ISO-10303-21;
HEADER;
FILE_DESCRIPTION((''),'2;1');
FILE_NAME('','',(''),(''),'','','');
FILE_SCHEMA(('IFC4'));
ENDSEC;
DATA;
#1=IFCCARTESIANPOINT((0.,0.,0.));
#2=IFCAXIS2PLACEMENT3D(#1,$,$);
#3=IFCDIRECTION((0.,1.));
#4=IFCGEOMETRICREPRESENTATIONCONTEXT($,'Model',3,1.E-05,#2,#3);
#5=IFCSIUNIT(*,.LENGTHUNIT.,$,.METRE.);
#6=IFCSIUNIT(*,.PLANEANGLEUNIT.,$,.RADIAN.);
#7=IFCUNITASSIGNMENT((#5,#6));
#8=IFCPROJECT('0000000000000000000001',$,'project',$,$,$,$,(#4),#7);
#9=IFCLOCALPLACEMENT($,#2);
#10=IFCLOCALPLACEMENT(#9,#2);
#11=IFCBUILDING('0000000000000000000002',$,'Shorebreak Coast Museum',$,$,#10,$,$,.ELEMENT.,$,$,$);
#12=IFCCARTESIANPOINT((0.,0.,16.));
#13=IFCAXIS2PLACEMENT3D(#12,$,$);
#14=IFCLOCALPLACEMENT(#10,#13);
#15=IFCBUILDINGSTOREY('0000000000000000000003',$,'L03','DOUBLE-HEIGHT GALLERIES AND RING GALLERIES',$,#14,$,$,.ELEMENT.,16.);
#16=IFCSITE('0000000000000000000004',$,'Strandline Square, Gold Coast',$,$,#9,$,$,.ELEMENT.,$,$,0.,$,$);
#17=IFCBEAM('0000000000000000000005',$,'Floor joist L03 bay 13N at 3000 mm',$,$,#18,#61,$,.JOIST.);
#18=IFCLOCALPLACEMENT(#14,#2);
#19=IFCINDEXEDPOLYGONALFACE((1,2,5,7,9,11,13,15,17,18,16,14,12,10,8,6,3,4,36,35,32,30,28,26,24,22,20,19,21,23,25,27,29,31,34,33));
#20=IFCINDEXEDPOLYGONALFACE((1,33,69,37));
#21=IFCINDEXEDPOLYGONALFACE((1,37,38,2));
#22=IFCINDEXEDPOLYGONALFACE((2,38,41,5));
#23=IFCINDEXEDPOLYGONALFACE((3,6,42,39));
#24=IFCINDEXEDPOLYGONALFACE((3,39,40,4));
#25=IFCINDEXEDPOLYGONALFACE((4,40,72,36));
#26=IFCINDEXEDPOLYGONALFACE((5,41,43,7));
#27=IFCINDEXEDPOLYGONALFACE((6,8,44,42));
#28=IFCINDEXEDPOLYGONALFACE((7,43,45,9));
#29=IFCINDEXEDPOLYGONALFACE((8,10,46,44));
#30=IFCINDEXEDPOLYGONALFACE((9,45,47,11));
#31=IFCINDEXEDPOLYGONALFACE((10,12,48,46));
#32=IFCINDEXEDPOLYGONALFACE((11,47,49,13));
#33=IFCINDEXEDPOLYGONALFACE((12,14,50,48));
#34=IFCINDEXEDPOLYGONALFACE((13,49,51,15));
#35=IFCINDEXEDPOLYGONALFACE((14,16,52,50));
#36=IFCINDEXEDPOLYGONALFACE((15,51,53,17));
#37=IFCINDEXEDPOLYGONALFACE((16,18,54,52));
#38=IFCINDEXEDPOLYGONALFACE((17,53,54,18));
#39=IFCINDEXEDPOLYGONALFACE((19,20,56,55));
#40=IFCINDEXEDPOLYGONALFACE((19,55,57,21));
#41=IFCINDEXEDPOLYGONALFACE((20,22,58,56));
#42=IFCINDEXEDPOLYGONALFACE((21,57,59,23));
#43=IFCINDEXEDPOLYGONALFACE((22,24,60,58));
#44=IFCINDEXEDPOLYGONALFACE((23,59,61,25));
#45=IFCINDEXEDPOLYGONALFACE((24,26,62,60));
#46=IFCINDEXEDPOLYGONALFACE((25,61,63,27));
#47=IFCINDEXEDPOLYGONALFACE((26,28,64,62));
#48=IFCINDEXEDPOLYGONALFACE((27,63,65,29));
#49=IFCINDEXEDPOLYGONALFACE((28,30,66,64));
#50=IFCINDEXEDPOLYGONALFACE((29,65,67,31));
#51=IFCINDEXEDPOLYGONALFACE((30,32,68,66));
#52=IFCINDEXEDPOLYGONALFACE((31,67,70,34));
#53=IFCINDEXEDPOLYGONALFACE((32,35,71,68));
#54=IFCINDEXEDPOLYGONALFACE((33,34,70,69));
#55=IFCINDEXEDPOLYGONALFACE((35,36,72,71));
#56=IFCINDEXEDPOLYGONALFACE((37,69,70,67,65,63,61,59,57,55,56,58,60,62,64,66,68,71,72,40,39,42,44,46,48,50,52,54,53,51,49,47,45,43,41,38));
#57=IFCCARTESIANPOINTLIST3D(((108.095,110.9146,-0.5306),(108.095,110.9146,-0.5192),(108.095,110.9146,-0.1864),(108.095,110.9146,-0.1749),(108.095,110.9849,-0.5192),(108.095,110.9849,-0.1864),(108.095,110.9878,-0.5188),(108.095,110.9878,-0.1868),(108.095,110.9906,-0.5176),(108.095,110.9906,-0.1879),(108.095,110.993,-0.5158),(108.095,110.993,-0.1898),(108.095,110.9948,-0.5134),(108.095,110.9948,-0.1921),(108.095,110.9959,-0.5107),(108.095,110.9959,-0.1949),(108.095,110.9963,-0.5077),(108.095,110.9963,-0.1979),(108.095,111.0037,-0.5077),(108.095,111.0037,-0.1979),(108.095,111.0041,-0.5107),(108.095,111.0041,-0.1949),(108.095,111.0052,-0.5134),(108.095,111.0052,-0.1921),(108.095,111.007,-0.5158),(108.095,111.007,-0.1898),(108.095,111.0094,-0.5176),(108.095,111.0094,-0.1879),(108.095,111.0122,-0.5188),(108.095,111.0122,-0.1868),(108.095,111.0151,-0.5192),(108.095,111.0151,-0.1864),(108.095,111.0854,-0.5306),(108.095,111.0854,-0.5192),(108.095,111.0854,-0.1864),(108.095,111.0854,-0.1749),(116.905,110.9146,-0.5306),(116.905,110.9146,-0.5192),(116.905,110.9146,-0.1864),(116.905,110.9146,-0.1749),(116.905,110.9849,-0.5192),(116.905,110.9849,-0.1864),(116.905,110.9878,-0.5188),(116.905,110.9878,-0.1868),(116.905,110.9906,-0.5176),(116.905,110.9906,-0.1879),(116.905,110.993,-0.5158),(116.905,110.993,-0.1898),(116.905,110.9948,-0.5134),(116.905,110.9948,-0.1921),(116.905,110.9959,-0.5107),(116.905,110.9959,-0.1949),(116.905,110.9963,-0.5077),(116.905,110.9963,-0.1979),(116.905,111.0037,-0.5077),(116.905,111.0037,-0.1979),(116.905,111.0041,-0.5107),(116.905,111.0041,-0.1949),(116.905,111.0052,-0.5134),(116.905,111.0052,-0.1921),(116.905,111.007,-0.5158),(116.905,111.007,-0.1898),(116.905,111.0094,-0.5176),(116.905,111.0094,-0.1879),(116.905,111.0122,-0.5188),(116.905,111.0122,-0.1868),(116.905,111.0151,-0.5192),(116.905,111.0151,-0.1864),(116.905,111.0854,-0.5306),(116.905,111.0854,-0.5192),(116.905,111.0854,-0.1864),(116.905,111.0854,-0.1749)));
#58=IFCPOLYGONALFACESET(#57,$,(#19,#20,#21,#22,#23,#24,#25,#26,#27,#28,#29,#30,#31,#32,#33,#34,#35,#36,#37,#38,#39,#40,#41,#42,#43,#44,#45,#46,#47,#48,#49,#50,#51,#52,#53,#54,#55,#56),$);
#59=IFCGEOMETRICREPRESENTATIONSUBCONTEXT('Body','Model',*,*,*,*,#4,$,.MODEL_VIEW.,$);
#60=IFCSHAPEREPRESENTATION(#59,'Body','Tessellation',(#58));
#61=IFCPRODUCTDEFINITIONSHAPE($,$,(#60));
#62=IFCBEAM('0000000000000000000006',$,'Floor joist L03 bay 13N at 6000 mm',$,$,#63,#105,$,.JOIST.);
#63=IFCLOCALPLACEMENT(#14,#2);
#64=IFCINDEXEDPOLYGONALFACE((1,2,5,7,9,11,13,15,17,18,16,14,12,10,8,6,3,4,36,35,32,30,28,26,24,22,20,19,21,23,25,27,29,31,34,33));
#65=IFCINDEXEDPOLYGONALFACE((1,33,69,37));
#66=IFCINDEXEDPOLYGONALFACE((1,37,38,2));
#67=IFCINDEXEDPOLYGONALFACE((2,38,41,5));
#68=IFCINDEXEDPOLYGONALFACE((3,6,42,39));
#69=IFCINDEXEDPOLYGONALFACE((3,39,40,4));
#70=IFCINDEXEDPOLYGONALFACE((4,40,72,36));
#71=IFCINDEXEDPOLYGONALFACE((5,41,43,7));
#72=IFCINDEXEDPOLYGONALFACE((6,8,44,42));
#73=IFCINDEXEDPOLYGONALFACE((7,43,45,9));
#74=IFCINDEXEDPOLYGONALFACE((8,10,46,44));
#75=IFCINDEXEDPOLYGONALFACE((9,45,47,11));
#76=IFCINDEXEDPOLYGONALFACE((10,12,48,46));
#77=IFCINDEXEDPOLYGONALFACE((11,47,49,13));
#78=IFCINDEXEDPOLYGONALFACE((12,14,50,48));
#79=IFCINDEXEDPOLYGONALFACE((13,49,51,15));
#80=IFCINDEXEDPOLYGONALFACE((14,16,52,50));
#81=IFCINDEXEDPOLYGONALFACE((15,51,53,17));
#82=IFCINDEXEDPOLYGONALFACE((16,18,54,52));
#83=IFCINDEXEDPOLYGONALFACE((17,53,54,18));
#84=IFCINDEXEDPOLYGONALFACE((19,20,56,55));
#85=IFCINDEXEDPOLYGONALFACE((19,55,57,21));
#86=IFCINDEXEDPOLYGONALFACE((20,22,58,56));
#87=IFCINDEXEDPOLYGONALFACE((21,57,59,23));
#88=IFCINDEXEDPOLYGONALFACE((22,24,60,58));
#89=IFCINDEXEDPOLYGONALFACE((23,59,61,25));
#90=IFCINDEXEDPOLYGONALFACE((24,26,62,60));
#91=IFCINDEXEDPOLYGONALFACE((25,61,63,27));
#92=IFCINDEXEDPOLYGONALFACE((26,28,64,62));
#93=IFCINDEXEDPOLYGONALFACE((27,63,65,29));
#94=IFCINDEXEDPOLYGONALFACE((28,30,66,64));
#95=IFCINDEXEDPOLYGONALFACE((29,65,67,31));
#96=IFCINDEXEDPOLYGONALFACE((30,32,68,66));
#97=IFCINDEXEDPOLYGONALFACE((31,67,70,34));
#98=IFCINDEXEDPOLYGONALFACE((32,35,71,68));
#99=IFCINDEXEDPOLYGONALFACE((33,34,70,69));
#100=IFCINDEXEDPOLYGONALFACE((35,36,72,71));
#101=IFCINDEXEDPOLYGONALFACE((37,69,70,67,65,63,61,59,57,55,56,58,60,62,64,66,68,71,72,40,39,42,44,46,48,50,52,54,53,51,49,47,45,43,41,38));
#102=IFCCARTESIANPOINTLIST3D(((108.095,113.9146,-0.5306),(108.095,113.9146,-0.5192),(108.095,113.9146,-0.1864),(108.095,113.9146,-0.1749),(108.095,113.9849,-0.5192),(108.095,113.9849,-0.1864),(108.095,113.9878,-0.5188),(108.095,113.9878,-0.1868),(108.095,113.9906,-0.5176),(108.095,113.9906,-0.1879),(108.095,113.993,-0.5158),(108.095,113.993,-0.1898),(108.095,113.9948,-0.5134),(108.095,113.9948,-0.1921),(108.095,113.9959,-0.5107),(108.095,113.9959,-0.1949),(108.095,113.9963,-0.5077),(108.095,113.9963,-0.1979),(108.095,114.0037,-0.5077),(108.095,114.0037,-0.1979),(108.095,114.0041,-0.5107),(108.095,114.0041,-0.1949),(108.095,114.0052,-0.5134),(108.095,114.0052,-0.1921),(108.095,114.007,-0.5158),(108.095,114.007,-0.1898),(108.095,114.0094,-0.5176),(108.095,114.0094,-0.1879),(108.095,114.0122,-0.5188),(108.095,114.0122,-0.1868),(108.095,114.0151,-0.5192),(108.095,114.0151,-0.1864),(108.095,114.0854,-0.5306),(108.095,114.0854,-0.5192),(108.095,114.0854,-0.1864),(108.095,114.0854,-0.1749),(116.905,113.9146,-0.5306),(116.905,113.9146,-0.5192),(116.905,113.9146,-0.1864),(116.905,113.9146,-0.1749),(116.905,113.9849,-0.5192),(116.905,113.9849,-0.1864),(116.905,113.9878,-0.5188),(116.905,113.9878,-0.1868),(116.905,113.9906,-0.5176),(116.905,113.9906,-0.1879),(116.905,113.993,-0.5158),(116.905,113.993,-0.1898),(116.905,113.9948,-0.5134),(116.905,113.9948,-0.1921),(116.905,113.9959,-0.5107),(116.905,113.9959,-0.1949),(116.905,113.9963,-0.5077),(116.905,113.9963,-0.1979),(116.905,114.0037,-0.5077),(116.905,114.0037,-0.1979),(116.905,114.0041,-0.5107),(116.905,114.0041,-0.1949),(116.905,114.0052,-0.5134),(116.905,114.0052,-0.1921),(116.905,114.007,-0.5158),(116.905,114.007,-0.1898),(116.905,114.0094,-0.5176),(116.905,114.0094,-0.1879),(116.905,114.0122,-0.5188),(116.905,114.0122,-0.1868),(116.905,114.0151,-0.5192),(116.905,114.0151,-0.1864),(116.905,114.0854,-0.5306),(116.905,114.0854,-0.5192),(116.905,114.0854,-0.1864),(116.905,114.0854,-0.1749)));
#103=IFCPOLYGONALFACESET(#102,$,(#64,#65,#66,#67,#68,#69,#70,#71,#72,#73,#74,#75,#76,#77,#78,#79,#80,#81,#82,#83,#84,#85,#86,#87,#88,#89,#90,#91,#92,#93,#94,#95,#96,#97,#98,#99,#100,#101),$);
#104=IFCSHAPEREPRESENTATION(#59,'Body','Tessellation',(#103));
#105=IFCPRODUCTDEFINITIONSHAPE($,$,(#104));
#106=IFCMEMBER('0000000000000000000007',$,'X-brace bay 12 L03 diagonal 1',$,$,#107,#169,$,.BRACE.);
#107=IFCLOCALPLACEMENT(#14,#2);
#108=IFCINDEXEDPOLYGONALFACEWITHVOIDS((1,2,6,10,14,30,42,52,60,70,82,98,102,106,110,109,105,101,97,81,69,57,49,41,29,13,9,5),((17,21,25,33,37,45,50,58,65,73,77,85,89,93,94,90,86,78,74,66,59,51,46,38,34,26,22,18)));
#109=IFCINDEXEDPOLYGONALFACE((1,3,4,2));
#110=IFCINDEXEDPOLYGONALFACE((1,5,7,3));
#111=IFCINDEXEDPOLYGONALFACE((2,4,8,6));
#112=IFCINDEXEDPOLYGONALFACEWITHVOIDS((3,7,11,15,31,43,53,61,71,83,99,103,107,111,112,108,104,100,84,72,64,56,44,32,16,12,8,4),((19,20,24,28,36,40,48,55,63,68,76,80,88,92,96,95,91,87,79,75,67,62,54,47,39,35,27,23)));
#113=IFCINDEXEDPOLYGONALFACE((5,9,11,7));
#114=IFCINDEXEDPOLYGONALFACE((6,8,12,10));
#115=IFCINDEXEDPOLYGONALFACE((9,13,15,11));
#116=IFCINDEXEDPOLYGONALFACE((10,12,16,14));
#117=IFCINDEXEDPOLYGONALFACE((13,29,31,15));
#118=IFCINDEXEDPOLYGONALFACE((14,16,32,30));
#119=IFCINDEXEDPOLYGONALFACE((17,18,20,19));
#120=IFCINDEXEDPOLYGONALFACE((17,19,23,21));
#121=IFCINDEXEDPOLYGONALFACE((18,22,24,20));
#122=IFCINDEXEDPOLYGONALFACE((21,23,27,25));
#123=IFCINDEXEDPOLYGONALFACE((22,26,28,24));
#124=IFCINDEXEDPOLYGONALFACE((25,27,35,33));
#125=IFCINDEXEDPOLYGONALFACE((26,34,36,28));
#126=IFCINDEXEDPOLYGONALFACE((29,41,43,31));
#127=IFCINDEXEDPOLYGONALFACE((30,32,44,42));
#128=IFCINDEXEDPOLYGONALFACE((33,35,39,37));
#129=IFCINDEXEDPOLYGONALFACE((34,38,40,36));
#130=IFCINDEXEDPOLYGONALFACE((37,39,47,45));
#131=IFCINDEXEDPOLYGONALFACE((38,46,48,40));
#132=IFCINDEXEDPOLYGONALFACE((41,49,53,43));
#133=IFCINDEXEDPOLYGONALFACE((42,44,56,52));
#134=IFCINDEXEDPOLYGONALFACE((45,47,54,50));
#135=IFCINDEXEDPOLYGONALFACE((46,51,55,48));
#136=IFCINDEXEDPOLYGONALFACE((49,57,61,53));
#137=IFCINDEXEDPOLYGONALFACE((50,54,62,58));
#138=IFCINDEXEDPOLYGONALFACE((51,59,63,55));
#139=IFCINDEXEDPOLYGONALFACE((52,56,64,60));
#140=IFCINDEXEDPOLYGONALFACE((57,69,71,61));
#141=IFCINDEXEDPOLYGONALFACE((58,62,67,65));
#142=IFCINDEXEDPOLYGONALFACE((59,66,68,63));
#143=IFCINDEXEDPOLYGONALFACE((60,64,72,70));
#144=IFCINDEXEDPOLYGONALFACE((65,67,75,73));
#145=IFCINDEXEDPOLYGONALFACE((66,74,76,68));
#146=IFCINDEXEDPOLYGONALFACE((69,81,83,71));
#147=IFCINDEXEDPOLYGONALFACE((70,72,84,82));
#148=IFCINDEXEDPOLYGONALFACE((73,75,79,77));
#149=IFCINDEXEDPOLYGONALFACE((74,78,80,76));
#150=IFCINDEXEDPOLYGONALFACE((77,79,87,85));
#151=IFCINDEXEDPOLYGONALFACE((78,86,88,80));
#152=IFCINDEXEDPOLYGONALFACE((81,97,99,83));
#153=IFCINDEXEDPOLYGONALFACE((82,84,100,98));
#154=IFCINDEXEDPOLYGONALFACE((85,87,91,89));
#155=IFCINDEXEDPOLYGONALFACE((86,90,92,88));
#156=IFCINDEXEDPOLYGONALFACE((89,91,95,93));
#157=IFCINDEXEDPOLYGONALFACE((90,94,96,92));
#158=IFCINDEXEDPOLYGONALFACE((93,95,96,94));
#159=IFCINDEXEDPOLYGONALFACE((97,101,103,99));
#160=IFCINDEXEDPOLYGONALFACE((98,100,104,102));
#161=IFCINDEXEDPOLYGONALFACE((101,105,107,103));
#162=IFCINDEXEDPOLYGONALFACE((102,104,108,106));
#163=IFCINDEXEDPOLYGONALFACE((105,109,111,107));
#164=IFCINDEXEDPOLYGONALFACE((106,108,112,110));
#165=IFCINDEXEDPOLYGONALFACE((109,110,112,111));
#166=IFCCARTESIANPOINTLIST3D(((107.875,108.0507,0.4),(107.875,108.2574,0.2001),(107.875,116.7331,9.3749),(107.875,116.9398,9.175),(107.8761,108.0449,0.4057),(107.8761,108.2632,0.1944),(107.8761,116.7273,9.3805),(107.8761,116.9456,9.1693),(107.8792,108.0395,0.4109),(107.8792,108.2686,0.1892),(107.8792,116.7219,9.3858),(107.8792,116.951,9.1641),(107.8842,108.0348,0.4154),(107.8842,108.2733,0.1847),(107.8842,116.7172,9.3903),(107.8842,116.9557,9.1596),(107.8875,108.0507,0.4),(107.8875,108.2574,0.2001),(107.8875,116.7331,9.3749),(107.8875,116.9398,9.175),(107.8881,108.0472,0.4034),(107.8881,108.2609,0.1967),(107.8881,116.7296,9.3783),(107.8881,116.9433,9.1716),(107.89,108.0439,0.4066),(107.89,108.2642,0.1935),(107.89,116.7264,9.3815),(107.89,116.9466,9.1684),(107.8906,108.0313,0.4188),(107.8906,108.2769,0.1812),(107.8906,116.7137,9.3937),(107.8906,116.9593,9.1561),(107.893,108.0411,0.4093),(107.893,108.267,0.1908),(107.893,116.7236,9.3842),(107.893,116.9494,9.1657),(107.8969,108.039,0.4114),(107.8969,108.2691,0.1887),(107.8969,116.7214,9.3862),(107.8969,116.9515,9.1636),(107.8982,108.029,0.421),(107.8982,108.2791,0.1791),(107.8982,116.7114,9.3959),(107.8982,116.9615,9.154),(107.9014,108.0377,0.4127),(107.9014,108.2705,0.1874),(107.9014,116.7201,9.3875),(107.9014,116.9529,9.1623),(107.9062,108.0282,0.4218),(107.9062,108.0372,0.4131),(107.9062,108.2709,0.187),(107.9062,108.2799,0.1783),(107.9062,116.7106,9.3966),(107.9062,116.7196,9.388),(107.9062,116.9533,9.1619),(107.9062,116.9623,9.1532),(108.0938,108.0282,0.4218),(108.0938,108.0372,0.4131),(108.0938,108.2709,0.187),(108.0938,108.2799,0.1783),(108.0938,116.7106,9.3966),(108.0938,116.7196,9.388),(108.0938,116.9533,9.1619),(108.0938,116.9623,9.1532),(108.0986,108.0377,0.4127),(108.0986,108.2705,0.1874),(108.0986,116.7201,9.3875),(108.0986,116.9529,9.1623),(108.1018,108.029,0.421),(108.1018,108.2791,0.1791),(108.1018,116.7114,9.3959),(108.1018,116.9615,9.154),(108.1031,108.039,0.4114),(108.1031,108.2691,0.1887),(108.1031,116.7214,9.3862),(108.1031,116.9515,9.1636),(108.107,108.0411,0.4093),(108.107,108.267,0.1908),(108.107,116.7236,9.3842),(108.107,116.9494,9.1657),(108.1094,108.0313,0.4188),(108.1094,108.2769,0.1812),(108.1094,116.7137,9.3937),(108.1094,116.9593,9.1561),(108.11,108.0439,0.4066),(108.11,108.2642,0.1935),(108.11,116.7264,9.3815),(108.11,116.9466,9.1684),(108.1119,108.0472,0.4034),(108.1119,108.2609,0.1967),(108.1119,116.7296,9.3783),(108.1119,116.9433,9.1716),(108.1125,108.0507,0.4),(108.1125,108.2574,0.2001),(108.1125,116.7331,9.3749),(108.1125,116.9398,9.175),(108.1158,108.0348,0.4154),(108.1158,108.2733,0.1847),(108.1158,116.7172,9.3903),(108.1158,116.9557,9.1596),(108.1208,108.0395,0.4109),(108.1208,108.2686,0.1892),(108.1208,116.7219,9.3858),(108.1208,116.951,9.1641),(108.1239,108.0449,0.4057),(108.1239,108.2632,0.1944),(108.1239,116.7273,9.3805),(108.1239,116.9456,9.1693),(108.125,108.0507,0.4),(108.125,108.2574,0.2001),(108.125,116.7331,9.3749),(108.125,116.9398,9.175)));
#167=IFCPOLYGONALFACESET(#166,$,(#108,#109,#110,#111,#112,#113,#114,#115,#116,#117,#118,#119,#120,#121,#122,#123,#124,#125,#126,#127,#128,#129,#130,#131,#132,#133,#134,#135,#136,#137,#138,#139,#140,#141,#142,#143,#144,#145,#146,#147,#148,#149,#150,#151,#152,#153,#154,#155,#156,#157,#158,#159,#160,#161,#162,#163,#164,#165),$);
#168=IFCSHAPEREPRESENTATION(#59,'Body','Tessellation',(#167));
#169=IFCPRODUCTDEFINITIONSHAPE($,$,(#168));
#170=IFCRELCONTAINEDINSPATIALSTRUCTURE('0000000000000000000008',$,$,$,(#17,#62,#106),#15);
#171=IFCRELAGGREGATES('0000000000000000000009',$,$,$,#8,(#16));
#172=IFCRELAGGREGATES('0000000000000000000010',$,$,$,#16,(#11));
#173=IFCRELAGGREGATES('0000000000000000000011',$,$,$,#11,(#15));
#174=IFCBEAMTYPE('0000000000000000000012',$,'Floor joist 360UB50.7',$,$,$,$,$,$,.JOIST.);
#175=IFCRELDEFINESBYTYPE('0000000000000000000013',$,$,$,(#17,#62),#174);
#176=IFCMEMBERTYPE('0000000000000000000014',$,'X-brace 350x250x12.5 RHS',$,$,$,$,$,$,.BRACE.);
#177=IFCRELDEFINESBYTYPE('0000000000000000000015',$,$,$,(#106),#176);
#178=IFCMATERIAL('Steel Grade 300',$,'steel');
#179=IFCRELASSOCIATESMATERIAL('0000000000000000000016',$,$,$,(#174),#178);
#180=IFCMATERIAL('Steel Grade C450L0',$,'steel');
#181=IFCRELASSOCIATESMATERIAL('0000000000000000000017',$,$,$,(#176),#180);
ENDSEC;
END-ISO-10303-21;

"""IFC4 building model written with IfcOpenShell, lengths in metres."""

from ifc_helpers import new_model, si_unit, direction, frame, origin, origin_2d, place, context, subcontext, project, spatial, hollow_rectangle, i_section, extrude, material, material_profile, profile_set, type_object, element, save


model = new_model("IFC4")

# Units and contexts
model_context = context("Model", 3, precision=1e-05, world=origin(), true_north=direction((0.0, 1.0)))
body_context = subcontext(model_context, "Body", "Model", "MODEL_VIEW")
ifc_project = project(units=[si_unit("LENGTHUNIT", "METRE"), si_unit("PLANEANGLEUNIT", "RADIAN")], contexts=[model_context])

# Site, building, storey
site_placement = place(None, origin())
site = spatial("IfcSite", under=ifc_project, at=site_placement, Name="Strandline Square, Gold Coast", CompositionType="ELEMENT", RefElevation=0.0)
building_placement = place(site_placement, origin())
building = spatial("IfcBuilding", under=site, at=building_placement, Name="Shorebreak Coast Museum", CompositionType="ELEMENT")
storey_placement = place(building_placement, frame((0.0, 0.0, 16.0)))
storey = spatial("IfcBuildingStorey", under=building, at=storey_placement, Name="L03", Description="DOUBLE-HEIGHT GALLERIES AND RING GALLERIES", CompositionType="ELEMENT", Elevation=16.0)

# Beams
ifc_material_1 = material(Name="Steel Grade 300", Category="steel")
ifc_material_profile_1 = material_profile(ifc_material_1, i_section(OverallWidth=0.1709, OverallDepth=0.3557, WebThickness=0.0073, FlangeThickness=0.0115, FilletRadius=0.0115, at=origin_2d()), Name="360UB50.7")
ifc_profile_set_1 = profile_set([ifc_material_profile_1], Name="Steel Grade 300")
beam_type_1 = type_object("IfcBeamType", Name="Floor joist 360UB50.7", PredefinedType="JOIST", material=ifc_profile_set_1)
for number, where, z_axis, x_axis, name in (
    (1, (108.095, 111.0, -0.3528), (1.0, 0.0, 0.0), (0.0, 1.0, 0.0), "Floor joist L03 bay 13N at 3000 mm"),
    (2, (108.095, 114.0, -0.3528), (1.0, 0.0, 0.0), (0.0, 1.0, 0.0), "Floor joist L03 bay 13N at 6000 mm"),
):
    element("IfcBeam", number, at=place(storey_placement, frame(where, z_axis=z_axis, x_axis=x_axis)), inside=storey, type_object=beam_type_1, Name=name, PredefinedType="JOIST", context=body_context, shape_type="SweptSolid", body=[
        extrude(i_section(OverallWidth=0.1709, OverallDepth=0.3557, WebThickness=0.0073, FlangeThickness=0.0115, FilletRadius=0.0115, at=origin_2d()), origin(), (0.0, 0.0, 1.0), 8.8101),
    ])

# Member
ifc_material_2 = material(Name="Steel Grade C450L0", Category="steel")
ifc_material_profile_2 = material_profile(ifc_material_2, hollow_rectangle(XDim=0.25, YDim=0.3501, WallThickness=0.0125, InnerFilletRadius=0.0188, OuterFilletRadius=0.0312, at=origin_2d()), Name="350x250x12.5 RHS")
ifc_profile_set_2 = profile_set([ifc_material_profile_2], Name="Steel Grade C450L0")
member_type = type_object("IfcMemberType", Name="X-brace 350x250x12.5 RHS", PredefinedType="BRACE", material=ifc_profile_set_2)
for number, where, z_axis, x_axis, name in (
    (3, (108.0, 108.1541, 0.3), (0.0, 0.695299, 0.718721), (-1.0, 0.0, 0.0), "X-brace bay 12 L03 diagonal 1"),
):
    element("IfcMember", number, at=place(storey_placement, frame(where, z_axis=z_axis, x_axis=x_axis)), inside=storey, type_object=member_type, Name=name, PredefinedType="BRACE", context=body_context, shape_type="SweptSolid", body=[
        extrude(hollow_rectangle(XDim=0.25, YDim=0.3501, WallThickness=0.0125, InnerFilletRadius=0.0188, OuterFilletRadius=0.0312, at=origin_2d()), origin(), (0.0, 0.0, 1.0), 12.4873),
    ])

save(model, "model.ifc")
